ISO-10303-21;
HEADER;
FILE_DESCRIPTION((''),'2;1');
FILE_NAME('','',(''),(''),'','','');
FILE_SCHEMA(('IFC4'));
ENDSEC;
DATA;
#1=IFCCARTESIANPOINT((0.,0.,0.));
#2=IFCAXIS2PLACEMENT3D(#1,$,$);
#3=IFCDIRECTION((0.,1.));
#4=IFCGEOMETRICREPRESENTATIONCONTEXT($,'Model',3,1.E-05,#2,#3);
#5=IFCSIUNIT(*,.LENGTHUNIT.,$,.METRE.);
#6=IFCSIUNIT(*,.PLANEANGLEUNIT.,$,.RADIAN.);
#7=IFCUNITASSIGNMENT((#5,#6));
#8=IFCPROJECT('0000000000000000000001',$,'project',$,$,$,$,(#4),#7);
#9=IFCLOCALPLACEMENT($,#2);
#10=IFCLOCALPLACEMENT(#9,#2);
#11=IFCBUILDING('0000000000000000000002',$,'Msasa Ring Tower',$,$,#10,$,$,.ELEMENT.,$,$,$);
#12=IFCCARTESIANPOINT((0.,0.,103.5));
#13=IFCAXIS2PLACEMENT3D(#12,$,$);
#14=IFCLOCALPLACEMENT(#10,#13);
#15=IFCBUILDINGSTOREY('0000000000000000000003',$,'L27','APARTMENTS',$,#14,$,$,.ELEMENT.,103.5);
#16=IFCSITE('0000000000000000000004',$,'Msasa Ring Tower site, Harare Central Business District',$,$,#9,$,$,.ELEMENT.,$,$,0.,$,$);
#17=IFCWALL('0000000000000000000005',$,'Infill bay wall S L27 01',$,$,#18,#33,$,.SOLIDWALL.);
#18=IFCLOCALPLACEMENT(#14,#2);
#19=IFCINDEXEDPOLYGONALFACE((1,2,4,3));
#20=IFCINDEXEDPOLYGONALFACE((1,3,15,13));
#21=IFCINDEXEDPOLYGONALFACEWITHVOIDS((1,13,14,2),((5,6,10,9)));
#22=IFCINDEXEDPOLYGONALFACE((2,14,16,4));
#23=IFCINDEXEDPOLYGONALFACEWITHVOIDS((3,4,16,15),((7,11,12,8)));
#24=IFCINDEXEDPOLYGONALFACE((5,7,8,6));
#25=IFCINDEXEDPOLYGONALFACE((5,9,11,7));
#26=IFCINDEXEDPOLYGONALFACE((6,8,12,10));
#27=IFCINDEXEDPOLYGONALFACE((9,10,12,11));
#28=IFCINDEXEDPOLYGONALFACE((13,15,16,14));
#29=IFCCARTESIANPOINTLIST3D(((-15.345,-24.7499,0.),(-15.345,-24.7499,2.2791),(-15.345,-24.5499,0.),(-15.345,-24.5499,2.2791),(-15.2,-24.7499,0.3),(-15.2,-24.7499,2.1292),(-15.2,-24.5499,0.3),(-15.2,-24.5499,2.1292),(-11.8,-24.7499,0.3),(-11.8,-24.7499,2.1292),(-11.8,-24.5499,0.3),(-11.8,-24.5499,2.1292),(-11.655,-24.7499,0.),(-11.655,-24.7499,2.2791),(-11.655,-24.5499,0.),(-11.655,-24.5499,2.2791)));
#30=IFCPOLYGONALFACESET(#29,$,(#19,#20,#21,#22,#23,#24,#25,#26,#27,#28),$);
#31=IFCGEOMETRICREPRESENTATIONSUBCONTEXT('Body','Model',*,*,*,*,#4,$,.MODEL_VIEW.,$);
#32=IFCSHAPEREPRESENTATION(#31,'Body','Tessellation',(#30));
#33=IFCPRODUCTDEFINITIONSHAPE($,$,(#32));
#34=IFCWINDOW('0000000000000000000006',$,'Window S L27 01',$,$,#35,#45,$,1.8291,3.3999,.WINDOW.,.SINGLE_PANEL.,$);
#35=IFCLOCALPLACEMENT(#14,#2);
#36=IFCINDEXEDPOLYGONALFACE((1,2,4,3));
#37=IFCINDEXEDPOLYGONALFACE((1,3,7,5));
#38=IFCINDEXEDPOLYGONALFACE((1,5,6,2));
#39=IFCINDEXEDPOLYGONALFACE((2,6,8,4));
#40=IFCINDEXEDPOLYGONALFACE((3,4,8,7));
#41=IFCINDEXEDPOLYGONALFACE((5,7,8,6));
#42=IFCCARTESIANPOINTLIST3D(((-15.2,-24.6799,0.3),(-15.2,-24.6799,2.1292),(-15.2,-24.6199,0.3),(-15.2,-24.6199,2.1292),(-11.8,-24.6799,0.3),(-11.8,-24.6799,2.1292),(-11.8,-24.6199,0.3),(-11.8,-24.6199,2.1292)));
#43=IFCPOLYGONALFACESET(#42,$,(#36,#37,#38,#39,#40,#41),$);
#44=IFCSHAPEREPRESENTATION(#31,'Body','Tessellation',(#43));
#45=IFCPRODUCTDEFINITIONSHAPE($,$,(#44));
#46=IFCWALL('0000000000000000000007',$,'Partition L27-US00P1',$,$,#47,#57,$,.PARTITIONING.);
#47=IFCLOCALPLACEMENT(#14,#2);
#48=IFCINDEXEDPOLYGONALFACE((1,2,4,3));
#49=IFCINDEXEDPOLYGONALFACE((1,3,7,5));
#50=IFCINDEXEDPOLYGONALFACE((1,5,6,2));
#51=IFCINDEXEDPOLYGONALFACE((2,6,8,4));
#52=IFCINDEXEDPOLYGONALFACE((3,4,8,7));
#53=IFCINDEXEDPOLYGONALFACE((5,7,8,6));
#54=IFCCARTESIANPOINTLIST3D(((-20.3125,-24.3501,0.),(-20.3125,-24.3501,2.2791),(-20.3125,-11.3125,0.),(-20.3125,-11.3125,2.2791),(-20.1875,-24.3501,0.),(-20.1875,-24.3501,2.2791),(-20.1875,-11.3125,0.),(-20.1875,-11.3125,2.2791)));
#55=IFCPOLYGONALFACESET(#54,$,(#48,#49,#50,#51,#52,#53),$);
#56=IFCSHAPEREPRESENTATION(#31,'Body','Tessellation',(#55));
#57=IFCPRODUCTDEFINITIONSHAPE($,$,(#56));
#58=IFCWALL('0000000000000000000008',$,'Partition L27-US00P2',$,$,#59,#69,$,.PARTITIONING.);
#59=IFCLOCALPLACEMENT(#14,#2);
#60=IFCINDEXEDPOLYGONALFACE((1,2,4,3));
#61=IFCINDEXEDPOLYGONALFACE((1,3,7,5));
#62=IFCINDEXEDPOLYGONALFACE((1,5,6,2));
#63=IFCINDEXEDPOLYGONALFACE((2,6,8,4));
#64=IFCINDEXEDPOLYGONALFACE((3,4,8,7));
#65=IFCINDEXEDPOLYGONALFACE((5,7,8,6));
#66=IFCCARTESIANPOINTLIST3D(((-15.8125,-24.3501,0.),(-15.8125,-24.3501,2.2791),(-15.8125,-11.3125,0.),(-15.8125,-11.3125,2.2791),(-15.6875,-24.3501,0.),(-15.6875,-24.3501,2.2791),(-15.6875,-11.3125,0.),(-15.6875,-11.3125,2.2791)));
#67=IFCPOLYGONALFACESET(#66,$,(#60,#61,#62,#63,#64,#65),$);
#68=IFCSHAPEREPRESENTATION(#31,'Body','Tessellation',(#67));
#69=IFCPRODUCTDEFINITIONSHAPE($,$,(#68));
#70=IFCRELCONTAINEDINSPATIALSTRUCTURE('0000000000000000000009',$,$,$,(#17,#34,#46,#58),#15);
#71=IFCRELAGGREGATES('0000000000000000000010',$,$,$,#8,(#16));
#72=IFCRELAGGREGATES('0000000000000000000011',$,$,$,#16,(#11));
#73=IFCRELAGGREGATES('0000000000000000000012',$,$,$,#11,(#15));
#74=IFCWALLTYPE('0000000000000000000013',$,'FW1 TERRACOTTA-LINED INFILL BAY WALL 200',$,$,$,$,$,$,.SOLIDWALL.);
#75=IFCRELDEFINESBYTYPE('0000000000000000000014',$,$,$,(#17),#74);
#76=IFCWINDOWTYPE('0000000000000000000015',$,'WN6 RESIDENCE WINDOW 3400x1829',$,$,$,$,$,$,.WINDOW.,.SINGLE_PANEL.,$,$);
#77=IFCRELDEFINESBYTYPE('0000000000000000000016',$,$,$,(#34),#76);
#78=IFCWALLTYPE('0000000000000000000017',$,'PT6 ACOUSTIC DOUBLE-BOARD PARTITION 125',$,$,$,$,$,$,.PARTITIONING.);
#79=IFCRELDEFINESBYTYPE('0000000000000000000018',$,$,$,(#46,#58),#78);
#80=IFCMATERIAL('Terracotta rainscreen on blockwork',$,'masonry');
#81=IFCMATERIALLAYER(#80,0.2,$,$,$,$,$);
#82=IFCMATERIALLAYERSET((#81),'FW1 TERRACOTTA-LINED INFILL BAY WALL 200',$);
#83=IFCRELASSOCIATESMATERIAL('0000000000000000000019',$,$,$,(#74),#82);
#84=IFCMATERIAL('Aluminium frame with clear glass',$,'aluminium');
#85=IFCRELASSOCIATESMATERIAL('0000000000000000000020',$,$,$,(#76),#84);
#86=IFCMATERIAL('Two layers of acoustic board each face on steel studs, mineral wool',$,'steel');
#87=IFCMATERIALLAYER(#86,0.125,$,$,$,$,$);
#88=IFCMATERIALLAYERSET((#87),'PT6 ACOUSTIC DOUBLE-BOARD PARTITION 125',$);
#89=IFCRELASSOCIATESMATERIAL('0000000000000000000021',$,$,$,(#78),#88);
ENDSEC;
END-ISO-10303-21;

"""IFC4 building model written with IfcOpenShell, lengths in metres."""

from ifc_helpers import new_model, si_unit, direction, frame, frame_2d, origin, place, context, subcontext, project, spatial, rectangle, extrude, material, layer, layer_set, type_object, element, fill, save


model = new_model("IFC4")

# Units and contexts
model_context = context("Model", 3, precision=1e-05, world=origin(), true_north=direction((0.0, 1.0)))
body_context = subcontext(model_context, "Body", "Model", "MODEL_VIEW")
ifc_project = project(units=[si_unit("LENGTHUNIT", "METRE"), si_unit("PLANEANGLEUNIT", "RADIAN")], contexts=[model_context])

# Site, building, storey
site_placement = place(None, origin())
site = spatial("IfcSite", under=ifc_project, at=site_placement, Name="Msasa Ring Tower site, Harare Central Business District", CompositionType="ELEMENT", RefElevation=0.0)
building_placement = place(site_placement, origin())
building = spatial("IfcBuilding", under=site, at=building_placement, Name="Msasa Ring Tower", CompositionType="ELEMENT")
storey_placement = place(building_placement, frame((0.0, 0.0, 103.5)))
storey = spatial("IfcBuildingStorey", under=building, at=storey_placement, Name="L27", Description="APARTMENTS", CompositionType="ELEMENT", Elevation=103.5)

# Wall, opening, window
ifc_material_1 = material(Name="Terracotta rainscreen on blockwork", Category="masonry")
ifc_layer_1 = layer(ifc_material_1, 0.2)
ifc_layer_set_1 = layer_set([ifc_layer_1], Name="FW1 TERRACOTTA-LINED INFILL BAY WALL 200")
wall_type_1 = type_object("IfcWallType", Name="FW1 TERRACOTTA-LINED INFILL BAY WALL 200", PredefinedType="SOLIDWALL", material=ifc_layer_set_1)
ifc_material_2 = material(Name="Aluminium frame with clear glass", Category="aluminium")
window_type = type_object("IfcWindowType", Name="WN6 RESIDENCE WINDOW 3400x1829", PartitioningType="SINGLE_PANEL", PredefinedType="WINDOW", material=ifc_material_2)
wall_1_placement = place(storey_placement, frame((-15.345, -24.6499, 0.0), z_axis=(0.0, 0.0, 1.0), x_axis=(1.0, 0.0, 0.0)))
wall_1 = element("IfcWall", 1, at=wall_1_placement, inside=storey, type_object=wall_type_1, Name="Infill bay wall S L27 01", PredefinedType="SOLIDWALL", context=body_context, shape_type="SweptSolid", body=[
    extrude(rectangle(XDim=3.6899, YDim=0.2, at=frame_2d((1.845, 0.0))), origin(), (0.0, 0.0, 1.0), 2.2791),
])
opening_1_placement = place(wall_1_placement, frame((0.145, 0.0, 0.3)))
opening_1 = element("IfcOpeningElement", 2, at=opening_1_placement, cuts=wall_1, PredefinedType="OPENING", context=body_context, shape_type="SweptSolid", body=[
    extrude(rectangle(XDim=3.3999, YDim=1.8291, at=frame_2d((1.7, 0.9146))), frame((0.0, 0.1099, 0.0), z_axis=(0.0, -1.0, 0.0), x_axis=(1.0, 0.0, 0.0)), (0.0, 0.0, 1.0), 0.22),
])
window_1_placement = place(opening_1_placement, origin())
window_1 = element("IfcWindow", 3, at=window_1_placement, inside=storey, type_object=window_type, Name="Window S L27 01", OverallHeight=1.8291, OverallWidth=3.3999, PartitioningType="SINGLE_PANEL", PredefinedType="WINDOW", context=body_context, shape_type="SweptSolid", body=[
    extrude(rectangle(XDim=3.3999, YDim=1.8291, at=frame_2d((1.7, 0.9146))), frame((0.0, 0.03, 0.0), z_axis=(0.0, -1.0, 0.0), x_axis=(1.0, 0.0, 0.0)), (0.0, 0.0, 1.0), 0.0601),
])
fill(opening_1, window_1)

# Walls
ifc_material_3 = material(Name="Two layers of acoustic board each face on steel studs, mineral wool", Category="steel")
ifc_layer_2 = layer(ifc_material_3, 0.125)
ifc_layer_set_2 = layer_set([ifc_layer_2], Name="PT6 ACOUSTIC DOUBLE-BOARD PARTITION 125")
wall_type_2 = type_object("IfcWallType", Name="PT6 ACOUSTIC DOUBLE-BOARD PARTITION 125", PredefinedType="PARTITIONING", material=ifc_layer_set_2)
for number, where, z_axis, x_axis, name in (
    (4, (-20.25, -24.3501, 0.0), (0.0, 0.0, 1.0), (0.0, 1.0, 0.0), "Partition L27-US00P1"),
    (5, (-15.75, -24.3501, 0.0), (0.0, 0.0, 1.0), (0.0, 1.0, 0.0), "Partition L27-US00P2"),
):
    element("IfcWall", number, at=place(storey_placement, frame(where, z_axis=z_axis, x_axis=x_axis)), inside=storey, type_object=wall_type_2, Name=name, PredefinedType="PARTITIONING", context=body_context, shape_type="SweptSolid", body=[
        extrude(rectangle(XDim=13.0376, YDim=0.125, at=frame_2d((6.5188, 0.0))), origin(), (0.0, 0.0, 1.0), 2.2791),
    ])

save(model, "model.ifc")
